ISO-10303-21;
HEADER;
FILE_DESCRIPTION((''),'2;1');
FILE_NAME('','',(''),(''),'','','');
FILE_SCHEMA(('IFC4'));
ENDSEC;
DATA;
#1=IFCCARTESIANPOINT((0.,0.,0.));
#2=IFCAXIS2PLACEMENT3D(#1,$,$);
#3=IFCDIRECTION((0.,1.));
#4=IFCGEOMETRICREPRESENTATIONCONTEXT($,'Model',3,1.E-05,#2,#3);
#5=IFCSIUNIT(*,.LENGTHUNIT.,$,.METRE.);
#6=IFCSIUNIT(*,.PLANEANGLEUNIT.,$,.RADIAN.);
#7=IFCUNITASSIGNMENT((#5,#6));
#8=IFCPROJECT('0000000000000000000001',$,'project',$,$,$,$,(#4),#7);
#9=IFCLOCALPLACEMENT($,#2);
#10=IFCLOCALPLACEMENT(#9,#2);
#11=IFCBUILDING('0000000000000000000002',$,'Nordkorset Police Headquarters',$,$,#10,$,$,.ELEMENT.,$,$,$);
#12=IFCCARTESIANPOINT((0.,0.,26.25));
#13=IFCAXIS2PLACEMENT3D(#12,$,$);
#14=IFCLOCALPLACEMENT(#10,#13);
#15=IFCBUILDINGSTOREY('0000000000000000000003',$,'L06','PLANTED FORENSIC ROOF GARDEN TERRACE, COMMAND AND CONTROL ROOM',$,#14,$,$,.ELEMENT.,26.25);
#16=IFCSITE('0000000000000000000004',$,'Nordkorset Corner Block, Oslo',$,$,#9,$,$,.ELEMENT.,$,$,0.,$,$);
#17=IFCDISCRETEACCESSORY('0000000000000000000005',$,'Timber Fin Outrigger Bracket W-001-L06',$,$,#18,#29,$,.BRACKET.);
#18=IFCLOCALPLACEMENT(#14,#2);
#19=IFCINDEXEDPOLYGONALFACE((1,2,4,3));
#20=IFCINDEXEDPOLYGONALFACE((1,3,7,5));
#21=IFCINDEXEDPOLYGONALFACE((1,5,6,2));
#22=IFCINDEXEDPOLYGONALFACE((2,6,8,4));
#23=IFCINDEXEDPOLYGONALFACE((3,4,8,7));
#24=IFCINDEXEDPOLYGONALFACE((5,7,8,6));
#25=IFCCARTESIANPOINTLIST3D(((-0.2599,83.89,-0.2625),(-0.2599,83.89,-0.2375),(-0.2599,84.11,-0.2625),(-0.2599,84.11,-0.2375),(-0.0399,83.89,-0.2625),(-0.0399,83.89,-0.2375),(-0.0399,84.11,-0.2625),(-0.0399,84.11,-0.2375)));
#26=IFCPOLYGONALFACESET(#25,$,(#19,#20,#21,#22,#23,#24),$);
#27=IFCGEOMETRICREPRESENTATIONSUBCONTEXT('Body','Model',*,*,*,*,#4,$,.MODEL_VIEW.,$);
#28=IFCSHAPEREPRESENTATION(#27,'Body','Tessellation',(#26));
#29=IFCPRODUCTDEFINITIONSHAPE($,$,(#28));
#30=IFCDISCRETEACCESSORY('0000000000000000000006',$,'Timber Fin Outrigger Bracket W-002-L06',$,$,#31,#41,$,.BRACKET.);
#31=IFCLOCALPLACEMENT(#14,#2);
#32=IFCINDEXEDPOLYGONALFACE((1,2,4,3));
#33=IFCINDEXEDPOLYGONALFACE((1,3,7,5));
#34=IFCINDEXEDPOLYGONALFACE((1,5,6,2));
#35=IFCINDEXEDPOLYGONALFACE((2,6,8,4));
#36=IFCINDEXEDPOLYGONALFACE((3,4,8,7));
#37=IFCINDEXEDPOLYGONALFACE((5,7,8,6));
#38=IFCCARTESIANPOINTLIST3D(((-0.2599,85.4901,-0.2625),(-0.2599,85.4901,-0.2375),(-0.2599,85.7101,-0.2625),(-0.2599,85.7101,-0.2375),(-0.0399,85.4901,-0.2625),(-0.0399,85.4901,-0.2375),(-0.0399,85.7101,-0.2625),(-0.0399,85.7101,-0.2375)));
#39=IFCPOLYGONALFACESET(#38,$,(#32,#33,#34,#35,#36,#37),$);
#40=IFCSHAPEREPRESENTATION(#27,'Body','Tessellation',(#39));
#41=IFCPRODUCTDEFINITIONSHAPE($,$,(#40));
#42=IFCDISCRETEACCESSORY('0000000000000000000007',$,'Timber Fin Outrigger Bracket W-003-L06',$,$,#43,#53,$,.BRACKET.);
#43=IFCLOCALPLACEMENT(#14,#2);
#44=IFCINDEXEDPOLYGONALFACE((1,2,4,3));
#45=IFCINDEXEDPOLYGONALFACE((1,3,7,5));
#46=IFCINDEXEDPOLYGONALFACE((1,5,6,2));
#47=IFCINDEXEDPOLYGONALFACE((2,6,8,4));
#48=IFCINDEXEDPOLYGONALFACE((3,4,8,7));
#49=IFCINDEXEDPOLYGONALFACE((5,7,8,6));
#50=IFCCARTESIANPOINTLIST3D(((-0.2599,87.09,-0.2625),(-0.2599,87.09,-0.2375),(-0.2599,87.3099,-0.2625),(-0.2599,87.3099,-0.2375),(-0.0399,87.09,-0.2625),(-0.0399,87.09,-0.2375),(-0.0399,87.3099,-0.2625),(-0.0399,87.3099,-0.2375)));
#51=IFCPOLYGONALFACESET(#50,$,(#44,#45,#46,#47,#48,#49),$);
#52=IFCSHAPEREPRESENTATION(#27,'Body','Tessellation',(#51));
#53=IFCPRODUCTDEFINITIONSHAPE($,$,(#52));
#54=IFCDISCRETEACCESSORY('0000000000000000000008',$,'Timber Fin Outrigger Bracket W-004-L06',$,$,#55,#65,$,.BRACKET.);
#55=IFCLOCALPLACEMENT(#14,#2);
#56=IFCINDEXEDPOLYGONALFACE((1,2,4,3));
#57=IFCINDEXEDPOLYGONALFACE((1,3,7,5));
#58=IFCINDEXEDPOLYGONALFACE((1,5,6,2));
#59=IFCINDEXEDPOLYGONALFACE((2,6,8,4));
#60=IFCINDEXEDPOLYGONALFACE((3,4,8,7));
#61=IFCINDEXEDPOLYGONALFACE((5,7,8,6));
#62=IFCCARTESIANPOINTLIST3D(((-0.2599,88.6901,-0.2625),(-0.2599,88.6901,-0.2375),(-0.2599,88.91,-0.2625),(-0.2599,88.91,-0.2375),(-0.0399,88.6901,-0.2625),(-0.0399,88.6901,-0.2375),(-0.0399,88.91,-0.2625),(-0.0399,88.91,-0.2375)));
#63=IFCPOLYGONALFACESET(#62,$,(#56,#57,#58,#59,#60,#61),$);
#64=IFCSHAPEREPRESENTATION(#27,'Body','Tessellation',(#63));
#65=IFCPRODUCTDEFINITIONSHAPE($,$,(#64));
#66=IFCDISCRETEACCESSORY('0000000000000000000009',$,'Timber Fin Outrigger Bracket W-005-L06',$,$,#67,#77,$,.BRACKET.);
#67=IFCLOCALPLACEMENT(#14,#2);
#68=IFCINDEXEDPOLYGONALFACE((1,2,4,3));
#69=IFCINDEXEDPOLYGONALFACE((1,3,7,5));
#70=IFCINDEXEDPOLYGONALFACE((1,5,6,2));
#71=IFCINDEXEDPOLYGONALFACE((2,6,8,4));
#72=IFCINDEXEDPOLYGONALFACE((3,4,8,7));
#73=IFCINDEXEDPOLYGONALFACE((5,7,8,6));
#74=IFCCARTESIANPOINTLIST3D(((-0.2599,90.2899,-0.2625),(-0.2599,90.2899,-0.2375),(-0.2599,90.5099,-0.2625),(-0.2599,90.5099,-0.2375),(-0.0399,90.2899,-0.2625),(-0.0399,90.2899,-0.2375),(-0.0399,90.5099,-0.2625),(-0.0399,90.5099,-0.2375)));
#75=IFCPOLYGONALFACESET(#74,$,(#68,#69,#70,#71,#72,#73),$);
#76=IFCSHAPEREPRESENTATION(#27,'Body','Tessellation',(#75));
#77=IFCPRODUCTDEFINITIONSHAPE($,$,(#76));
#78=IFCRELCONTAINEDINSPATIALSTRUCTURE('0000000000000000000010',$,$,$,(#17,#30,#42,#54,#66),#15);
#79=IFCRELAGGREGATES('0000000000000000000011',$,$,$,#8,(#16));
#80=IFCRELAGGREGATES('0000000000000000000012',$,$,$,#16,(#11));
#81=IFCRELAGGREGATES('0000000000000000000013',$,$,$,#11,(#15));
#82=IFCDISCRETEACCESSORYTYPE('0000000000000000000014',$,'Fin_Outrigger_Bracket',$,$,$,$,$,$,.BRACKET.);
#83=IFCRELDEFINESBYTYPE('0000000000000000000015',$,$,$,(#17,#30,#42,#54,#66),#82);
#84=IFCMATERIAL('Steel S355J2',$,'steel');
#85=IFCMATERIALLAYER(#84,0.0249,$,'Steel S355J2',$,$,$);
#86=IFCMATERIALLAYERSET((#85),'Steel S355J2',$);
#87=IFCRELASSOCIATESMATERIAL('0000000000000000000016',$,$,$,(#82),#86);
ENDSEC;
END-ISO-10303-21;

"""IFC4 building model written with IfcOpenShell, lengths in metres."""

from ifc_helpers import new_model, si_unit, direction, frame, origin, origin_2d, place, context, subcontext, project, spatial, rectangle, extrude, material, layer, layer_set, type_object, element, save


model = new_model("IFC4")

# Units and contexts
model_context = context("Model", 3, precision=1e-05, world=origin(), true_north=direction((0.0, 1.0)))
body_context = subcontext(model_context, "Body", "Model", "MODEL_VIEW")
ifc_project = project(units=[si_unit("LENGTHUNIT", "METRE"), si_unit("PLANEANGLEUNIT", "RADIAN")], contexts=[model_context])

# Site, building, storey
site_placement = place(None, origin())
site = spatial("IfcSite", under=ifc_project, at=site_placement, Name="Nordkorset Corner Block, Oslo", CompositionType="ELEMENT", RefElevation=0.0)
building_placement = place(site_placement, origin())
building = spatial("IfcBuilding", under=site, at=building_placement, Name="Nordkorset Police Headquarters", CompositionType="ELEMENT")
storey_placement = place(building_placement, frame((0.0, 0.0, 26.25)))
storey = spatial("IfcBuildingStorey", under=building, at=storey_placement, Name="L06", Description="PLANTED FORENSIC ROOF GARDEN TERRACE, COMMAND AND CONTROL ROOM", CompositionType="ELEMENT", Elevation=26.25)

# Discrete accessories
ifc_material_1 = material(Name="Steel S355J2", Category="steel")
ifc_layer_1 = layer(ifc_material_1, 0.0249, Name="Steel S355J2")
ifc_layer_set_1 = layer_set([ifc_layer_1], Name="Steel S355J2")
discrete_accessory_type = type_object("IfcDiscreteAccessoryType", Name="Fin_Outrigger_Bracket", PredefinedType="BRACKET", material=ifc_layer_set_1)
for number, where, z_axis, x_axis, name in (
    (1, (-0.1499, 84.0, -0.2625), (0.0, 0.0, 1.0), (1.0, 0.0, 0.0), "Timber Fin Outrigger Bracket W-001-L06"),
    (2, (-0.1499, 85.6001, -0.2625), (0.0, 0.0, 1.0), (1.0, 0.0, 0.0), "Timber Fin Outrigger Bracket W-002-L06"),
    (3, (-0.1499, 87.2, -0.2625), (0.0, 0.0, 1.0), (1.0, 0.0, 0.0), "Timber Fin Outrigger Bracket W-003-L06"),
    (4, (-0.1499, 88.8, -0.2625), (0.0, 0.0, 1.0), (1.0, 0.0, 0.0), "Timber Fin Outrigger Bracket W-004-L06"),
    (5, (-0.1499, 90.3999, -0.2625), (0.0, 0.0, 1.0), (1.0, 0.0, 0.0), "Timber Fin Outrigger Bracket W-005-L06"),
):
    element("IfcDiscreteAccessory", number, at=place(storey_placement, frame(where, z_axis=z_axis, x_axis=x_axis)), inside=storey, type_object=discrete_accessory_type, Name=name, PredefinedType="BRACKET", context=body_context, shape_type="SweptSolid", body=[
        extrude(rectangle(XDim=0.22, YDim=0.22, at=origin_2d()), origin(), (0.0, 0.0, 1.0), 0.0249),
    ])

save(model, "model.ifc")
